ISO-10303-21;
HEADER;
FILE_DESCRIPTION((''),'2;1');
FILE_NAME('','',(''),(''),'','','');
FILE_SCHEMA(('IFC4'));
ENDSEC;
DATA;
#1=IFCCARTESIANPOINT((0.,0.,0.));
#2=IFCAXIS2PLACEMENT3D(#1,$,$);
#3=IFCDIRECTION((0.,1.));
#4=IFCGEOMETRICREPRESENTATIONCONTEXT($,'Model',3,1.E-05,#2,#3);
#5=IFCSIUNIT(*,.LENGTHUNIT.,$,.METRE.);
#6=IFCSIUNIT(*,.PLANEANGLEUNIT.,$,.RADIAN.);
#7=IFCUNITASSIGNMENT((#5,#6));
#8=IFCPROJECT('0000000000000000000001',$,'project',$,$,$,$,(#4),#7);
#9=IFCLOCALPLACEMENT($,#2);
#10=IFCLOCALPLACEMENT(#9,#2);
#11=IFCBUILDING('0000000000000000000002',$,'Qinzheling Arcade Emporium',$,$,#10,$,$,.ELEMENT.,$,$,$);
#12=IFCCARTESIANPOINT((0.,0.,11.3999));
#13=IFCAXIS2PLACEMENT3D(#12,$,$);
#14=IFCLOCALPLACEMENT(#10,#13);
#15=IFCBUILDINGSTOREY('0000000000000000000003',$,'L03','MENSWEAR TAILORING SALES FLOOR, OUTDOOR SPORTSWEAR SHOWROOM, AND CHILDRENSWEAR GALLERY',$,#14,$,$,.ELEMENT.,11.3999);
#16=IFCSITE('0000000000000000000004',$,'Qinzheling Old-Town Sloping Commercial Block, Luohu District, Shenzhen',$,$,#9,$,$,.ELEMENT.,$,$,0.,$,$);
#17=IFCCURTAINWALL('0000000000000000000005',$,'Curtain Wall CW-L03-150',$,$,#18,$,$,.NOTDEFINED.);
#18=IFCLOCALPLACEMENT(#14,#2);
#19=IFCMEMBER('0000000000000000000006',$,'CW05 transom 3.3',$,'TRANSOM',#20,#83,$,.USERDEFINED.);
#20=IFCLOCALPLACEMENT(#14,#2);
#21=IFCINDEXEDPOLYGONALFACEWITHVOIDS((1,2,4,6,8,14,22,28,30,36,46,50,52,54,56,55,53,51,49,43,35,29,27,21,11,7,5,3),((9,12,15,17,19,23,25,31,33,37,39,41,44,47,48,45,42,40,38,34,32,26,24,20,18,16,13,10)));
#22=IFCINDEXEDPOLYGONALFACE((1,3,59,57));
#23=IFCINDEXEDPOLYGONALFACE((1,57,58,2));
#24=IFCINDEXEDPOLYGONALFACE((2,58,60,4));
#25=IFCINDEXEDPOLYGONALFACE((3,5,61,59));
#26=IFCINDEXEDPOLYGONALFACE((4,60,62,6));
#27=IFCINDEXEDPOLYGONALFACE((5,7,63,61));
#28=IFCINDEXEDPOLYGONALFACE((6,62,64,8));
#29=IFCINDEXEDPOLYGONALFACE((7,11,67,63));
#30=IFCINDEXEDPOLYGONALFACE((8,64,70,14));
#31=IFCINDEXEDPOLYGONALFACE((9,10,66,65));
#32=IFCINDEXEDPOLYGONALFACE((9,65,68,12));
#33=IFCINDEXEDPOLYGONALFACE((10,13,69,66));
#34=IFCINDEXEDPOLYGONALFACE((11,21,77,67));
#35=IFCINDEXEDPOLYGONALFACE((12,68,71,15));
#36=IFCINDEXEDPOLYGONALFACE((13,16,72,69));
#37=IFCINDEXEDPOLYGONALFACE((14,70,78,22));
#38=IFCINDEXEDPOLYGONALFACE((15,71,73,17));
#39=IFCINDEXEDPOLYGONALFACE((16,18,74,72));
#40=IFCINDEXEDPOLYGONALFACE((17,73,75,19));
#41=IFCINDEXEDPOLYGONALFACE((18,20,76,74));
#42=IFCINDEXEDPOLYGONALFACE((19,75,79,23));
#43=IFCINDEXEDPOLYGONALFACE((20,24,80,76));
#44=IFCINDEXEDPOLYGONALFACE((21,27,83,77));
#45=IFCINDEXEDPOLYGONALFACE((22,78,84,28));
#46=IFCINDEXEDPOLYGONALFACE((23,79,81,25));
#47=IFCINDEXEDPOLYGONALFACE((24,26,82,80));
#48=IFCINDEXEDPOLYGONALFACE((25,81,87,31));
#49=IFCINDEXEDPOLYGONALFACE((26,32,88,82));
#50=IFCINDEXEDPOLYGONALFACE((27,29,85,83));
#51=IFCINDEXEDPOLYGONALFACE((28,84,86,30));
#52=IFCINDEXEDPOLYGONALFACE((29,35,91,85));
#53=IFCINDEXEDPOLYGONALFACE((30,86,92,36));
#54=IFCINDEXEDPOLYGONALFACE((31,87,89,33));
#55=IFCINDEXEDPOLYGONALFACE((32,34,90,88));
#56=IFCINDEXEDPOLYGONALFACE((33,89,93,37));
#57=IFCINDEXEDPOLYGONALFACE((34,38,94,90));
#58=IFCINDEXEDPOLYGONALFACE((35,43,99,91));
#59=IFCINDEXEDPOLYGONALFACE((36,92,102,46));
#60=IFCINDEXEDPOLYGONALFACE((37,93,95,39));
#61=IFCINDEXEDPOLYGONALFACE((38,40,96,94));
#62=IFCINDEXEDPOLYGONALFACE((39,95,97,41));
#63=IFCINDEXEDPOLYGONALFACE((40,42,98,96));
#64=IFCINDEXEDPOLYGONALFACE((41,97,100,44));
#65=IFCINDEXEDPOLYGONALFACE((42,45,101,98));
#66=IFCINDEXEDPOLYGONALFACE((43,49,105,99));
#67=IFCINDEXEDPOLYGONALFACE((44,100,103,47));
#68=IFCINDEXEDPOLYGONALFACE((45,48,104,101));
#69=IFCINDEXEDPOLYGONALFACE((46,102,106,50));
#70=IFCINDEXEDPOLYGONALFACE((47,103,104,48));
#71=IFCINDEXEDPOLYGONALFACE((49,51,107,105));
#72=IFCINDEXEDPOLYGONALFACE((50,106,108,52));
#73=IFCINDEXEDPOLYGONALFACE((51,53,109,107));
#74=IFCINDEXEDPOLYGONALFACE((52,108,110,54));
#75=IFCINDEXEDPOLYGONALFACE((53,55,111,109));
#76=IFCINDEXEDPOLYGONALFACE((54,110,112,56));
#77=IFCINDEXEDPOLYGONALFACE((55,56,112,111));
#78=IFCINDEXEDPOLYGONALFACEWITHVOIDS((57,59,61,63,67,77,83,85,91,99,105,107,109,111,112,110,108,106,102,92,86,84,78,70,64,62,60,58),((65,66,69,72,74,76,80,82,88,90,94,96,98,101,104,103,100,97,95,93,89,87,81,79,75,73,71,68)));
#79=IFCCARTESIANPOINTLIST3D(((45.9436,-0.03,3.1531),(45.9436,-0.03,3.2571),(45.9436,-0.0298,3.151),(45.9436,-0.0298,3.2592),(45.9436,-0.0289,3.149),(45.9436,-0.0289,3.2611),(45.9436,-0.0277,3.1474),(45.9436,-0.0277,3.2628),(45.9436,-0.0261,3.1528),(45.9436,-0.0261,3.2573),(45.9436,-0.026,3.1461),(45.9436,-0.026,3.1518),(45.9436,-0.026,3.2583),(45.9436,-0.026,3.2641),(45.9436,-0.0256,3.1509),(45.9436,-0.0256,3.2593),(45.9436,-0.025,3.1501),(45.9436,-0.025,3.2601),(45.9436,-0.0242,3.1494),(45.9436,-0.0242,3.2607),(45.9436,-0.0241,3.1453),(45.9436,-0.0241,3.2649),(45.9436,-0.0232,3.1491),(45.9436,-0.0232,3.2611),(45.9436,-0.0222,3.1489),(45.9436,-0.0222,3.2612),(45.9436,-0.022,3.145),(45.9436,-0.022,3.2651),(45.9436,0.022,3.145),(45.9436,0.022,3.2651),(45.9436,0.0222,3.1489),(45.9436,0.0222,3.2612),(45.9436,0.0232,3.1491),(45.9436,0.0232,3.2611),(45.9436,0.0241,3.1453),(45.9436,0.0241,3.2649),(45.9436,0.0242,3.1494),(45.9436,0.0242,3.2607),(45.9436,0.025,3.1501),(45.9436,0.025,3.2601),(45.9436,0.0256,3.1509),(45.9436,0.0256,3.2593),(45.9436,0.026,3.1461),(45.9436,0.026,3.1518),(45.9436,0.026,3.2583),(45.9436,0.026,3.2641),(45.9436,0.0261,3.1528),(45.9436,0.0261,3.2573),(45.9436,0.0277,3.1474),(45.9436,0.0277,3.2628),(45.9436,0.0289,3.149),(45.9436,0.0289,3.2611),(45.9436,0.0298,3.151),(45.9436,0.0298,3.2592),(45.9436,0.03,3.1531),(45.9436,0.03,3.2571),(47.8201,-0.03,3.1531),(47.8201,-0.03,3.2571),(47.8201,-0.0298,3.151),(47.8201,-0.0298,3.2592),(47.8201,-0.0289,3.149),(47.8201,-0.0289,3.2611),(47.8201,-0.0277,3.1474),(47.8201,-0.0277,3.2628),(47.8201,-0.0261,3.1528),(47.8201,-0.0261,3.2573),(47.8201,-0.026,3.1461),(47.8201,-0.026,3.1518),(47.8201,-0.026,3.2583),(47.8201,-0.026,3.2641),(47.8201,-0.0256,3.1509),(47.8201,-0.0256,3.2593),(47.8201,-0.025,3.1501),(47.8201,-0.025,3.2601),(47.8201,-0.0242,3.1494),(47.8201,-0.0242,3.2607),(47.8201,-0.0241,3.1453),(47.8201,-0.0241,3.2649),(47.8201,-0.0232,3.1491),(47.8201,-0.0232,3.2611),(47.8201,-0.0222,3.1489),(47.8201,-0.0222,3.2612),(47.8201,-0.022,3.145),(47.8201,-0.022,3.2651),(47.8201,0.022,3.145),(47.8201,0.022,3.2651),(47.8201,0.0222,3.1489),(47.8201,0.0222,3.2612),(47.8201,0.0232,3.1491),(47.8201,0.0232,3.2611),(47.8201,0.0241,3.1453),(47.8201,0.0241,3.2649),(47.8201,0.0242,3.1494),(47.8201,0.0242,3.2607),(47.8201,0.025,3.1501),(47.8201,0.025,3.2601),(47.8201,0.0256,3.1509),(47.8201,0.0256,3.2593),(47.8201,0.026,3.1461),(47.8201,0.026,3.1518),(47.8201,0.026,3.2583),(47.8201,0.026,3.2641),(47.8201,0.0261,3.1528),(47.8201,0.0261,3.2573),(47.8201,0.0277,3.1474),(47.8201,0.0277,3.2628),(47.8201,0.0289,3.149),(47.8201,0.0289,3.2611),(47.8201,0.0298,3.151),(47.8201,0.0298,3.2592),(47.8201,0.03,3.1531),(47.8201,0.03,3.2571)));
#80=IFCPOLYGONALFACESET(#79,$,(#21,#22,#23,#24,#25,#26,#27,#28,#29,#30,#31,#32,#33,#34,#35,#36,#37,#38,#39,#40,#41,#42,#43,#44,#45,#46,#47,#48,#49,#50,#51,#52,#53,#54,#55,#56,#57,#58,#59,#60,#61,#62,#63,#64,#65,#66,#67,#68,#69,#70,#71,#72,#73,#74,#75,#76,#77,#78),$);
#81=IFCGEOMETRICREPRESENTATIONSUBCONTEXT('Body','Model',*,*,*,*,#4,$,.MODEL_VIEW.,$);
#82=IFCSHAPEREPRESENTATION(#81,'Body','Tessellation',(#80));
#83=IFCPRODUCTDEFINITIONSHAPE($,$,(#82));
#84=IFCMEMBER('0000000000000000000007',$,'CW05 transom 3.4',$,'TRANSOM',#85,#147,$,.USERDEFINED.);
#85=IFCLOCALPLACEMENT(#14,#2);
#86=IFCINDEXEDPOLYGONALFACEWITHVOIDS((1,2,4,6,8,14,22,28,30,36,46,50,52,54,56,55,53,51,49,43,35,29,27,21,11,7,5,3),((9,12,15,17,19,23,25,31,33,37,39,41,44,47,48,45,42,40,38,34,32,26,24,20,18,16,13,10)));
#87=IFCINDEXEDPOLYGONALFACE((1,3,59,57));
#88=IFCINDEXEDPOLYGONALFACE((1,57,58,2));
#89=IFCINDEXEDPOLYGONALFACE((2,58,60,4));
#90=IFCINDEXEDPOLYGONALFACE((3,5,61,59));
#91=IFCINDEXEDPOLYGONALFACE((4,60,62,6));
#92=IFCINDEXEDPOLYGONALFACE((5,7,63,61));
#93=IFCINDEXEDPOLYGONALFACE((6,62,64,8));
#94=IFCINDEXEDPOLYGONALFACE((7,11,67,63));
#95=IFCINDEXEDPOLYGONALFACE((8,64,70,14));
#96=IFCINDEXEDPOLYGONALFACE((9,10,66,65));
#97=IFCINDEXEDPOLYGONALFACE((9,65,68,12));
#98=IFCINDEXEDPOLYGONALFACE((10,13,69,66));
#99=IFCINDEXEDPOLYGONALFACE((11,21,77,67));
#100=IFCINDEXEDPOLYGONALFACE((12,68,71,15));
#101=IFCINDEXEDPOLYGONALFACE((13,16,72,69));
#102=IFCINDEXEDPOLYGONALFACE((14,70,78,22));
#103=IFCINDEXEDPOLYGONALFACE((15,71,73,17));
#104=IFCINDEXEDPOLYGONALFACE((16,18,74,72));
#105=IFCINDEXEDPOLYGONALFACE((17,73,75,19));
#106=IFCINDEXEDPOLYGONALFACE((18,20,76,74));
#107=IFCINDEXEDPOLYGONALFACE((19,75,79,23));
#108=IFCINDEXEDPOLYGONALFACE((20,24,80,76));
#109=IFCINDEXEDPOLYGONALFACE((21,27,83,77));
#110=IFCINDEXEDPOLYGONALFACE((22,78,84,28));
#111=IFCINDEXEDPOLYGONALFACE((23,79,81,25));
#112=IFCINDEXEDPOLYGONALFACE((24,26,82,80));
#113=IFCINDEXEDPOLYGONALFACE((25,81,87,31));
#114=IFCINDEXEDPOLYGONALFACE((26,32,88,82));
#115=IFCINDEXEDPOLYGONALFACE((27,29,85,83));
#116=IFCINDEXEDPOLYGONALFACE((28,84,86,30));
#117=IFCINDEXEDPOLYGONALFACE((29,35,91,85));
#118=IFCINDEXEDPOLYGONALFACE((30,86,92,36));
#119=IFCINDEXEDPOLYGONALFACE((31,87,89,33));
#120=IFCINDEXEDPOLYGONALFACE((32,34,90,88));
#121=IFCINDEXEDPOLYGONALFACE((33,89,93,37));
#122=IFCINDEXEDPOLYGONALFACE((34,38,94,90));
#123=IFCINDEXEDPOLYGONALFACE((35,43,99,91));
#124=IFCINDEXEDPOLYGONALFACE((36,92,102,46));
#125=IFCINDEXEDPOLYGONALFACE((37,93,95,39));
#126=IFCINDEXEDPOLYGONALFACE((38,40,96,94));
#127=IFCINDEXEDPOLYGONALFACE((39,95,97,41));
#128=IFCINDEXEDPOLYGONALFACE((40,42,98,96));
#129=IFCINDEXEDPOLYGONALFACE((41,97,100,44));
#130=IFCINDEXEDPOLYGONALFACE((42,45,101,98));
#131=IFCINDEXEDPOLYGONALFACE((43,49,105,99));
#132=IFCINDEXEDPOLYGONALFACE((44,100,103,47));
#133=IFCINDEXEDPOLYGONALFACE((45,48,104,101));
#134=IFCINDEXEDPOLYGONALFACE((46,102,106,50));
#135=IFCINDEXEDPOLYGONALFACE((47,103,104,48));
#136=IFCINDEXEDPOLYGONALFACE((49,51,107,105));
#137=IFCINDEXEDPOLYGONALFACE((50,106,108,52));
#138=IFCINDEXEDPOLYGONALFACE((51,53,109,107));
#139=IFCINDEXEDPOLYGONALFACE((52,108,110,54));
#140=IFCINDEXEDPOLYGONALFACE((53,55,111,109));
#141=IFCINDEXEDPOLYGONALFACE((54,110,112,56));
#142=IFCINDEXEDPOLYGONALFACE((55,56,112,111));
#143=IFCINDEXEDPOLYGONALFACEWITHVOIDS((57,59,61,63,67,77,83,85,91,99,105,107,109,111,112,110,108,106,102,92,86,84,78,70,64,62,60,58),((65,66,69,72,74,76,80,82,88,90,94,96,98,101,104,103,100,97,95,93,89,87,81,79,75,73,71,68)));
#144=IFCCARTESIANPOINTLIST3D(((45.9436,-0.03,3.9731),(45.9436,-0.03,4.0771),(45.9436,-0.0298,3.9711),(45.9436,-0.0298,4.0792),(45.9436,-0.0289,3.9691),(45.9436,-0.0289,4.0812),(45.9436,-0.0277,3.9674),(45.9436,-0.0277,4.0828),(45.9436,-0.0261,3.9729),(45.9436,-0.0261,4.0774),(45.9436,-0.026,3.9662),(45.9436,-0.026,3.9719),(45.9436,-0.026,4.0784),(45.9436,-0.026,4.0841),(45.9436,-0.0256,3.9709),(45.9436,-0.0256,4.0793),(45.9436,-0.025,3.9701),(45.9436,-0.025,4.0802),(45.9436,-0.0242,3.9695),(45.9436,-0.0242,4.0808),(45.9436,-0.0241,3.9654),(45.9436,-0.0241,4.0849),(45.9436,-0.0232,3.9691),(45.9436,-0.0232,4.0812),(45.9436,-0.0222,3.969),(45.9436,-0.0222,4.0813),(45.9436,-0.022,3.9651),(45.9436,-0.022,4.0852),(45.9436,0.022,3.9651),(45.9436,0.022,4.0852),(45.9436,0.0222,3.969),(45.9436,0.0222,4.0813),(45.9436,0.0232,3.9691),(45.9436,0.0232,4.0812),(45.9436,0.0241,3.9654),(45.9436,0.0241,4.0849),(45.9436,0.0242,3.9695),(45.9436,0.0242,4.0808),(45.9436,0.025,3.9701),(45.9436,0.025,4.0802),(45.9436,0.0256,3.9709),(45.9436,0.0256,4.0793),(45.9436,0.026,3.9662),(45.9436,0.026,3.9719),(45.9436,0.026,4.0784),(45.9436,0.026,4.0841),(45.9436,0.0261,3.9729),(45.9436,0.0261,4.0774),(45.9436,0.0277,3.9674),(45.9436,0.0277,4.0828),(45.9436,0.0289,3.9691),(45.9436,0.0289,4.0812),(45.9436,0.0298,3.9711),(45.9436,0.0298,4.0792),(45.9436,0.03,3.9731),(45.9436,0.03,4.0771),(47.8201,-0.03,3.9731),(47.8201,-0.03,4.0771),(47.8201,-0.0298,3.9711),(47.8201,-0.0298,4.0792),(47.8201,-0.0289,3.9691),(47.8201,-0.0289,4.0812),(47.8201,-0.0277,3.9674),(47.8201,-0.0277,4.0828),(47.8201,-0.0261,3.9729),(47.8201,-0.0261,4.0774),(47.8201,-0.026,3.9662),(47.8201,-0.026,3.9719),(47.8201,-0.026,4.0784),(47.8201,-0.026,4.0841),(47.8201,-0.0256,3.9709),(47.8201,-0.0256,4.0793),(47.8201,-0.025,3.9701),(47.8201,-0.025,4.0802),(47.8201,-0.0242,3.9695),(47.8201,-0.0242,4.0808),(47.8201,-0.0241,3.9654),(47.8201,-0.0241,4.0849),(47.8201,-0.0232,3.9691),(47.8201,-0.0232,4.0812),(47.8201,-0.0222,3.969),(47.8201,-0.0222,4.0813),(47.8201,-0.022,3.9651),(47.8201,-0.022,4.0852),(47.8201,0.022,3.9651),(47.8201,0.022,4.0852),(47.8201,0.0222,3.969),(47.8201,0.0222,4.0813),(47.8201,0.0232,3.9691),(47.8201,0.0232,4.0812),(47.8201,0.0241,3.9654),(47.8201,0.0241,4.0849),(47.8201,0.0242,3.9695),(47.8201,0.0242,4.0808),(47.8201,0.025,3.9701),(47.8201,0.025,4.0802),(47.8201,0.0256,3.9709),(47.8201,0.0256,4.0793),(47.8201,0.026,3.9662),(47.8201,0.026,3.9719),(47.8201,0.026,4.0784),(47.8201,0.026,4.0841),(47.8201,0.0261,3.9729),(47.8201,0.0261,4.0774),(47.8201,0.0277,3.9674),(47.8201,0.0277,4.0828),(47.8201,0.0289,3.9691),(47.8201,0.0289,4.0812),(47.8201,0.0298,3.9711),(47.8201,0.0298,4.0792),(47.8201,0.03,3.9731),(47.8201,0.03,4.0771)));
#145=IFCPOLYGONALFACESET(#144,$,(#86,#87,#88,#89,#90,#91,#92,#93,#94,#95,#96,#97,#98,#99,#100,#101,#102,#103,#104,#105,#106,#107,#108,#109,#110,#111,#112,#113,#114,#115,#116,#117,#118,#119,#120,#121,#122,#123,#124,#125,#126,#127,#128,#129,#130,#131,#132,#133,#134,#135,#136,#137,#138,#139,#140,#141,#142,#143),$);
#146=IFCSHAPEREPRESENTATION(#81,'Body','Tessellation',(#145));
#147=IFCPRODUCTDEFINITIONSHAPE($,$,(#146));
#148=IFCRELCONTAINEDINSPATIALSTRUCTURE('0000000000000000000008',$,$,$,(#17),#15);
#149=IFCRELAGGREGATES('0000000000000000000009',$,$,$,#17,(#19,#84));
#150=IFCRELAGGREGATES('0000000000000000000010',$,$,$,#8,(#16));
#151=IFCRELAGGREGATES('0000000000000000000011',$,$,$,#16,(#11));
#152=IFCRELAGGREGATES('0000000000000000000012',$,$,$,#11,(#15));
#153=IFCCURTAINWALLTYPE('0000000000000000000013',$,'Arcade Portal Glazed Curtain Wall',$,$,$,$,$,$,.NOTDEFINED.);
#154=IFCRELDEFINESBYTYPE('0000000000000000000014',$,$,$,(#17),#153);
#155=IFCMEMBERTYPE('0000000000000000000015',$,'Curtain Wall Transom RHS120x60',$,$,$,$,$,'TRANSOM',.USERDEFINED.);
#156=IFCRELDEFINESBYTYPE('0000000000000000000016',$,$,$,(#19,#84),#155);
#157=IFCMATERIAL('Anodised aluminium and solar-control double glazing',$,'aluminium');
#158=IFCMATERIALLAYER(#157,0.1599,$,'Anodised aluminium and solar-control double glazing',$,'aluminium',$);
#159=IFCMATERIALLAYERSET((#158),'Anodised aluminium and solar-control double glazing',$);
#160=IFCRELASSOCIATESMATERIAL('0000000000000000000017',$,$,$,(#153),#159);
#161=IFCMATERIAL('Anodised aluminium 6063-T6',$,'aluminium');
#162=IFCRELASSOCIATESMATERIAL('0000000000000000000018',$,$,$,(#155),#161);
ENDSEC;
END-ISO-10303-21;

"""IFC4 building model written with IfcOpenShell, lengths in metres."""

from ifc_helpers import new_model, si_unit, direction, frame, origin, origin_2d, place, context, subcontext, project, spatial, hollow_rectangle, extrude, material, layer, layer_set, material_profile, profile_set, type_object, element, aggregate, save


model = new_model("IFC4")

# Units and contexts
model_context = context("Model", 3, precision=1e-05, world=origin(), true_north=direction((0.0, 1.0)))
body_context = subcontext(model_context, "Body", "Model", "MODEL_VIEW")
ifc_project = project(units=[si_unit("LENGTHUNIT", "METRE"), si_unit("PLANEANGLEUNIT", "RADIAN")], contexts=[model_context])

# Site, building, storey
site_placement = place(None, origin())
site = spatial("IfcSite", under=ifc_project, at=site_placement, Name="Qinzheling Old-Town Sloping Commercial Block, Luohu District, Shenzhen", CompositionType="ELEMENT", RefElevation=0.0)
building_placement = place(site_placement, origin())
building = spatial("IfcBuilding", under=site, at=building_placement, Name="Qinzheling Arcade Emporium", CompositionType="ELEMENT")
storey_placement = place(building_placement, frame((0.0, 0.0, 11.3999)))
storey = spatial("IfcBuildingStorey", under=building, at=storey_placement, Name="L03", Description="MENSWEAR TAILORING SALES FLOOR, OUTDOOR SPORTSWEAR SHOWROOM, AND CHILDRENSWEAR GALLERY", CompositionType="ELEMENT", Elevation=11.3999)

# Curtain wall, members
ifc_material_1 = material(Name="Anodised aluminium and solar-control double glazing", Category="aluminium")
ifc_layer_1 = layer(ifc_material_1, 0.1599, Name="Anodised aluminium and solar-control double glazing", Category="aluminium")
ifc_layer_set_1 = layer_set([ifc_layer_1], Name="Anodised aluminium and solar-control double glazing")
curtain_wall_type = type_object("IfcCurtainWallType", Name="Arcade Portal Glazed Curtain Wall", PredefinedType="NOTDEFINED", material=ifc_layer_set_1)
curtain_wall_placement = place(storey_placement, origin())
curtain_wall = element("IfcCurtainWall", 1, at=curtain_wall_placement, inside=storey, type_object=curtain_wall_type, Name="Curtain Wall CW-L03-150", PredefinedType="NOTDEFINED")
ifc_material_2 = material(Name="Anodised aluminium 6063-T6", Category="aluminium")
ifc_material_profile_1 = material_profile(ifc_material_2, hollow_rectangle(XDim=0.0601, YDim=0.1201, WallThickness=0.0039, InnerFilletRadius=0.0039, OuterFilletRadius=0.0081, at=origin_2d()), Name="RHS 120x60x4", Category="aluminium")
ifc_profile_set_1 = profile_set([ifc_material_profile_1], Name="Anodised aluminium 6063-T6")
member_type_1 = type_object("IfcMemberType", Name="Curtain Wall Transom RHS120x60", ElementType="TRANSOM", PredefinedType="USERDEFINED", material=ifc_profile_set_1)
member_1_placement = place(storey_placement, frame((47.8201, 0.0, 3.2051), z_axis=(-1.0, 0.0, 0.0), x_axis=(0.0, -1.0, 0.0)))
member_1 = element("IfcMember", 2, at=member_1_placement, type_object=member_type_1, Name="CW05 transom 3.3", ObjectType="TRANSOM", PredefinedType="USERDEFINED", context=body_context, shape_type="SweptSolid", body=[
    extrude(hollow_rectangle(XDim=0.0601, YDim=0.1201, WallThickness=0.0039, InnerFilletRadius=0.0039, OuterFilletRadius=0.0081, at=origin_2d()), origin(), (0.0, 0.0, 1.0), 1.8765),
])
member_2_placement = place(storey_placement, frame((47.8201, 0.0, 4.0251), z_axis=(-1.0, 0.0, 0.0), x_axis=(0.0, -1.0, 0.0)))
member_2 = element("IfcMember", 3, at=member_2_placement, type_object=member_type_1, Name="CW05 transom 3.4", ObjectType="TRANSOM", PredefinedType="USERDEFINED", context=body_context, shape_type="SweptSolid", body=[
    extrude(hollow_rectangle(XDim=0.0601, YDim=0.1201, WallThickness=0.0039, InnerFilletRadius=0.0039, OuterFilletRadius=0.0081, at=origin_2d()), origin(), (0.0, 0.0, 1.0), 1.8765),
])

aggregate(curtain_wall, [member_1, member_2])

save(model, "model.ifc")
